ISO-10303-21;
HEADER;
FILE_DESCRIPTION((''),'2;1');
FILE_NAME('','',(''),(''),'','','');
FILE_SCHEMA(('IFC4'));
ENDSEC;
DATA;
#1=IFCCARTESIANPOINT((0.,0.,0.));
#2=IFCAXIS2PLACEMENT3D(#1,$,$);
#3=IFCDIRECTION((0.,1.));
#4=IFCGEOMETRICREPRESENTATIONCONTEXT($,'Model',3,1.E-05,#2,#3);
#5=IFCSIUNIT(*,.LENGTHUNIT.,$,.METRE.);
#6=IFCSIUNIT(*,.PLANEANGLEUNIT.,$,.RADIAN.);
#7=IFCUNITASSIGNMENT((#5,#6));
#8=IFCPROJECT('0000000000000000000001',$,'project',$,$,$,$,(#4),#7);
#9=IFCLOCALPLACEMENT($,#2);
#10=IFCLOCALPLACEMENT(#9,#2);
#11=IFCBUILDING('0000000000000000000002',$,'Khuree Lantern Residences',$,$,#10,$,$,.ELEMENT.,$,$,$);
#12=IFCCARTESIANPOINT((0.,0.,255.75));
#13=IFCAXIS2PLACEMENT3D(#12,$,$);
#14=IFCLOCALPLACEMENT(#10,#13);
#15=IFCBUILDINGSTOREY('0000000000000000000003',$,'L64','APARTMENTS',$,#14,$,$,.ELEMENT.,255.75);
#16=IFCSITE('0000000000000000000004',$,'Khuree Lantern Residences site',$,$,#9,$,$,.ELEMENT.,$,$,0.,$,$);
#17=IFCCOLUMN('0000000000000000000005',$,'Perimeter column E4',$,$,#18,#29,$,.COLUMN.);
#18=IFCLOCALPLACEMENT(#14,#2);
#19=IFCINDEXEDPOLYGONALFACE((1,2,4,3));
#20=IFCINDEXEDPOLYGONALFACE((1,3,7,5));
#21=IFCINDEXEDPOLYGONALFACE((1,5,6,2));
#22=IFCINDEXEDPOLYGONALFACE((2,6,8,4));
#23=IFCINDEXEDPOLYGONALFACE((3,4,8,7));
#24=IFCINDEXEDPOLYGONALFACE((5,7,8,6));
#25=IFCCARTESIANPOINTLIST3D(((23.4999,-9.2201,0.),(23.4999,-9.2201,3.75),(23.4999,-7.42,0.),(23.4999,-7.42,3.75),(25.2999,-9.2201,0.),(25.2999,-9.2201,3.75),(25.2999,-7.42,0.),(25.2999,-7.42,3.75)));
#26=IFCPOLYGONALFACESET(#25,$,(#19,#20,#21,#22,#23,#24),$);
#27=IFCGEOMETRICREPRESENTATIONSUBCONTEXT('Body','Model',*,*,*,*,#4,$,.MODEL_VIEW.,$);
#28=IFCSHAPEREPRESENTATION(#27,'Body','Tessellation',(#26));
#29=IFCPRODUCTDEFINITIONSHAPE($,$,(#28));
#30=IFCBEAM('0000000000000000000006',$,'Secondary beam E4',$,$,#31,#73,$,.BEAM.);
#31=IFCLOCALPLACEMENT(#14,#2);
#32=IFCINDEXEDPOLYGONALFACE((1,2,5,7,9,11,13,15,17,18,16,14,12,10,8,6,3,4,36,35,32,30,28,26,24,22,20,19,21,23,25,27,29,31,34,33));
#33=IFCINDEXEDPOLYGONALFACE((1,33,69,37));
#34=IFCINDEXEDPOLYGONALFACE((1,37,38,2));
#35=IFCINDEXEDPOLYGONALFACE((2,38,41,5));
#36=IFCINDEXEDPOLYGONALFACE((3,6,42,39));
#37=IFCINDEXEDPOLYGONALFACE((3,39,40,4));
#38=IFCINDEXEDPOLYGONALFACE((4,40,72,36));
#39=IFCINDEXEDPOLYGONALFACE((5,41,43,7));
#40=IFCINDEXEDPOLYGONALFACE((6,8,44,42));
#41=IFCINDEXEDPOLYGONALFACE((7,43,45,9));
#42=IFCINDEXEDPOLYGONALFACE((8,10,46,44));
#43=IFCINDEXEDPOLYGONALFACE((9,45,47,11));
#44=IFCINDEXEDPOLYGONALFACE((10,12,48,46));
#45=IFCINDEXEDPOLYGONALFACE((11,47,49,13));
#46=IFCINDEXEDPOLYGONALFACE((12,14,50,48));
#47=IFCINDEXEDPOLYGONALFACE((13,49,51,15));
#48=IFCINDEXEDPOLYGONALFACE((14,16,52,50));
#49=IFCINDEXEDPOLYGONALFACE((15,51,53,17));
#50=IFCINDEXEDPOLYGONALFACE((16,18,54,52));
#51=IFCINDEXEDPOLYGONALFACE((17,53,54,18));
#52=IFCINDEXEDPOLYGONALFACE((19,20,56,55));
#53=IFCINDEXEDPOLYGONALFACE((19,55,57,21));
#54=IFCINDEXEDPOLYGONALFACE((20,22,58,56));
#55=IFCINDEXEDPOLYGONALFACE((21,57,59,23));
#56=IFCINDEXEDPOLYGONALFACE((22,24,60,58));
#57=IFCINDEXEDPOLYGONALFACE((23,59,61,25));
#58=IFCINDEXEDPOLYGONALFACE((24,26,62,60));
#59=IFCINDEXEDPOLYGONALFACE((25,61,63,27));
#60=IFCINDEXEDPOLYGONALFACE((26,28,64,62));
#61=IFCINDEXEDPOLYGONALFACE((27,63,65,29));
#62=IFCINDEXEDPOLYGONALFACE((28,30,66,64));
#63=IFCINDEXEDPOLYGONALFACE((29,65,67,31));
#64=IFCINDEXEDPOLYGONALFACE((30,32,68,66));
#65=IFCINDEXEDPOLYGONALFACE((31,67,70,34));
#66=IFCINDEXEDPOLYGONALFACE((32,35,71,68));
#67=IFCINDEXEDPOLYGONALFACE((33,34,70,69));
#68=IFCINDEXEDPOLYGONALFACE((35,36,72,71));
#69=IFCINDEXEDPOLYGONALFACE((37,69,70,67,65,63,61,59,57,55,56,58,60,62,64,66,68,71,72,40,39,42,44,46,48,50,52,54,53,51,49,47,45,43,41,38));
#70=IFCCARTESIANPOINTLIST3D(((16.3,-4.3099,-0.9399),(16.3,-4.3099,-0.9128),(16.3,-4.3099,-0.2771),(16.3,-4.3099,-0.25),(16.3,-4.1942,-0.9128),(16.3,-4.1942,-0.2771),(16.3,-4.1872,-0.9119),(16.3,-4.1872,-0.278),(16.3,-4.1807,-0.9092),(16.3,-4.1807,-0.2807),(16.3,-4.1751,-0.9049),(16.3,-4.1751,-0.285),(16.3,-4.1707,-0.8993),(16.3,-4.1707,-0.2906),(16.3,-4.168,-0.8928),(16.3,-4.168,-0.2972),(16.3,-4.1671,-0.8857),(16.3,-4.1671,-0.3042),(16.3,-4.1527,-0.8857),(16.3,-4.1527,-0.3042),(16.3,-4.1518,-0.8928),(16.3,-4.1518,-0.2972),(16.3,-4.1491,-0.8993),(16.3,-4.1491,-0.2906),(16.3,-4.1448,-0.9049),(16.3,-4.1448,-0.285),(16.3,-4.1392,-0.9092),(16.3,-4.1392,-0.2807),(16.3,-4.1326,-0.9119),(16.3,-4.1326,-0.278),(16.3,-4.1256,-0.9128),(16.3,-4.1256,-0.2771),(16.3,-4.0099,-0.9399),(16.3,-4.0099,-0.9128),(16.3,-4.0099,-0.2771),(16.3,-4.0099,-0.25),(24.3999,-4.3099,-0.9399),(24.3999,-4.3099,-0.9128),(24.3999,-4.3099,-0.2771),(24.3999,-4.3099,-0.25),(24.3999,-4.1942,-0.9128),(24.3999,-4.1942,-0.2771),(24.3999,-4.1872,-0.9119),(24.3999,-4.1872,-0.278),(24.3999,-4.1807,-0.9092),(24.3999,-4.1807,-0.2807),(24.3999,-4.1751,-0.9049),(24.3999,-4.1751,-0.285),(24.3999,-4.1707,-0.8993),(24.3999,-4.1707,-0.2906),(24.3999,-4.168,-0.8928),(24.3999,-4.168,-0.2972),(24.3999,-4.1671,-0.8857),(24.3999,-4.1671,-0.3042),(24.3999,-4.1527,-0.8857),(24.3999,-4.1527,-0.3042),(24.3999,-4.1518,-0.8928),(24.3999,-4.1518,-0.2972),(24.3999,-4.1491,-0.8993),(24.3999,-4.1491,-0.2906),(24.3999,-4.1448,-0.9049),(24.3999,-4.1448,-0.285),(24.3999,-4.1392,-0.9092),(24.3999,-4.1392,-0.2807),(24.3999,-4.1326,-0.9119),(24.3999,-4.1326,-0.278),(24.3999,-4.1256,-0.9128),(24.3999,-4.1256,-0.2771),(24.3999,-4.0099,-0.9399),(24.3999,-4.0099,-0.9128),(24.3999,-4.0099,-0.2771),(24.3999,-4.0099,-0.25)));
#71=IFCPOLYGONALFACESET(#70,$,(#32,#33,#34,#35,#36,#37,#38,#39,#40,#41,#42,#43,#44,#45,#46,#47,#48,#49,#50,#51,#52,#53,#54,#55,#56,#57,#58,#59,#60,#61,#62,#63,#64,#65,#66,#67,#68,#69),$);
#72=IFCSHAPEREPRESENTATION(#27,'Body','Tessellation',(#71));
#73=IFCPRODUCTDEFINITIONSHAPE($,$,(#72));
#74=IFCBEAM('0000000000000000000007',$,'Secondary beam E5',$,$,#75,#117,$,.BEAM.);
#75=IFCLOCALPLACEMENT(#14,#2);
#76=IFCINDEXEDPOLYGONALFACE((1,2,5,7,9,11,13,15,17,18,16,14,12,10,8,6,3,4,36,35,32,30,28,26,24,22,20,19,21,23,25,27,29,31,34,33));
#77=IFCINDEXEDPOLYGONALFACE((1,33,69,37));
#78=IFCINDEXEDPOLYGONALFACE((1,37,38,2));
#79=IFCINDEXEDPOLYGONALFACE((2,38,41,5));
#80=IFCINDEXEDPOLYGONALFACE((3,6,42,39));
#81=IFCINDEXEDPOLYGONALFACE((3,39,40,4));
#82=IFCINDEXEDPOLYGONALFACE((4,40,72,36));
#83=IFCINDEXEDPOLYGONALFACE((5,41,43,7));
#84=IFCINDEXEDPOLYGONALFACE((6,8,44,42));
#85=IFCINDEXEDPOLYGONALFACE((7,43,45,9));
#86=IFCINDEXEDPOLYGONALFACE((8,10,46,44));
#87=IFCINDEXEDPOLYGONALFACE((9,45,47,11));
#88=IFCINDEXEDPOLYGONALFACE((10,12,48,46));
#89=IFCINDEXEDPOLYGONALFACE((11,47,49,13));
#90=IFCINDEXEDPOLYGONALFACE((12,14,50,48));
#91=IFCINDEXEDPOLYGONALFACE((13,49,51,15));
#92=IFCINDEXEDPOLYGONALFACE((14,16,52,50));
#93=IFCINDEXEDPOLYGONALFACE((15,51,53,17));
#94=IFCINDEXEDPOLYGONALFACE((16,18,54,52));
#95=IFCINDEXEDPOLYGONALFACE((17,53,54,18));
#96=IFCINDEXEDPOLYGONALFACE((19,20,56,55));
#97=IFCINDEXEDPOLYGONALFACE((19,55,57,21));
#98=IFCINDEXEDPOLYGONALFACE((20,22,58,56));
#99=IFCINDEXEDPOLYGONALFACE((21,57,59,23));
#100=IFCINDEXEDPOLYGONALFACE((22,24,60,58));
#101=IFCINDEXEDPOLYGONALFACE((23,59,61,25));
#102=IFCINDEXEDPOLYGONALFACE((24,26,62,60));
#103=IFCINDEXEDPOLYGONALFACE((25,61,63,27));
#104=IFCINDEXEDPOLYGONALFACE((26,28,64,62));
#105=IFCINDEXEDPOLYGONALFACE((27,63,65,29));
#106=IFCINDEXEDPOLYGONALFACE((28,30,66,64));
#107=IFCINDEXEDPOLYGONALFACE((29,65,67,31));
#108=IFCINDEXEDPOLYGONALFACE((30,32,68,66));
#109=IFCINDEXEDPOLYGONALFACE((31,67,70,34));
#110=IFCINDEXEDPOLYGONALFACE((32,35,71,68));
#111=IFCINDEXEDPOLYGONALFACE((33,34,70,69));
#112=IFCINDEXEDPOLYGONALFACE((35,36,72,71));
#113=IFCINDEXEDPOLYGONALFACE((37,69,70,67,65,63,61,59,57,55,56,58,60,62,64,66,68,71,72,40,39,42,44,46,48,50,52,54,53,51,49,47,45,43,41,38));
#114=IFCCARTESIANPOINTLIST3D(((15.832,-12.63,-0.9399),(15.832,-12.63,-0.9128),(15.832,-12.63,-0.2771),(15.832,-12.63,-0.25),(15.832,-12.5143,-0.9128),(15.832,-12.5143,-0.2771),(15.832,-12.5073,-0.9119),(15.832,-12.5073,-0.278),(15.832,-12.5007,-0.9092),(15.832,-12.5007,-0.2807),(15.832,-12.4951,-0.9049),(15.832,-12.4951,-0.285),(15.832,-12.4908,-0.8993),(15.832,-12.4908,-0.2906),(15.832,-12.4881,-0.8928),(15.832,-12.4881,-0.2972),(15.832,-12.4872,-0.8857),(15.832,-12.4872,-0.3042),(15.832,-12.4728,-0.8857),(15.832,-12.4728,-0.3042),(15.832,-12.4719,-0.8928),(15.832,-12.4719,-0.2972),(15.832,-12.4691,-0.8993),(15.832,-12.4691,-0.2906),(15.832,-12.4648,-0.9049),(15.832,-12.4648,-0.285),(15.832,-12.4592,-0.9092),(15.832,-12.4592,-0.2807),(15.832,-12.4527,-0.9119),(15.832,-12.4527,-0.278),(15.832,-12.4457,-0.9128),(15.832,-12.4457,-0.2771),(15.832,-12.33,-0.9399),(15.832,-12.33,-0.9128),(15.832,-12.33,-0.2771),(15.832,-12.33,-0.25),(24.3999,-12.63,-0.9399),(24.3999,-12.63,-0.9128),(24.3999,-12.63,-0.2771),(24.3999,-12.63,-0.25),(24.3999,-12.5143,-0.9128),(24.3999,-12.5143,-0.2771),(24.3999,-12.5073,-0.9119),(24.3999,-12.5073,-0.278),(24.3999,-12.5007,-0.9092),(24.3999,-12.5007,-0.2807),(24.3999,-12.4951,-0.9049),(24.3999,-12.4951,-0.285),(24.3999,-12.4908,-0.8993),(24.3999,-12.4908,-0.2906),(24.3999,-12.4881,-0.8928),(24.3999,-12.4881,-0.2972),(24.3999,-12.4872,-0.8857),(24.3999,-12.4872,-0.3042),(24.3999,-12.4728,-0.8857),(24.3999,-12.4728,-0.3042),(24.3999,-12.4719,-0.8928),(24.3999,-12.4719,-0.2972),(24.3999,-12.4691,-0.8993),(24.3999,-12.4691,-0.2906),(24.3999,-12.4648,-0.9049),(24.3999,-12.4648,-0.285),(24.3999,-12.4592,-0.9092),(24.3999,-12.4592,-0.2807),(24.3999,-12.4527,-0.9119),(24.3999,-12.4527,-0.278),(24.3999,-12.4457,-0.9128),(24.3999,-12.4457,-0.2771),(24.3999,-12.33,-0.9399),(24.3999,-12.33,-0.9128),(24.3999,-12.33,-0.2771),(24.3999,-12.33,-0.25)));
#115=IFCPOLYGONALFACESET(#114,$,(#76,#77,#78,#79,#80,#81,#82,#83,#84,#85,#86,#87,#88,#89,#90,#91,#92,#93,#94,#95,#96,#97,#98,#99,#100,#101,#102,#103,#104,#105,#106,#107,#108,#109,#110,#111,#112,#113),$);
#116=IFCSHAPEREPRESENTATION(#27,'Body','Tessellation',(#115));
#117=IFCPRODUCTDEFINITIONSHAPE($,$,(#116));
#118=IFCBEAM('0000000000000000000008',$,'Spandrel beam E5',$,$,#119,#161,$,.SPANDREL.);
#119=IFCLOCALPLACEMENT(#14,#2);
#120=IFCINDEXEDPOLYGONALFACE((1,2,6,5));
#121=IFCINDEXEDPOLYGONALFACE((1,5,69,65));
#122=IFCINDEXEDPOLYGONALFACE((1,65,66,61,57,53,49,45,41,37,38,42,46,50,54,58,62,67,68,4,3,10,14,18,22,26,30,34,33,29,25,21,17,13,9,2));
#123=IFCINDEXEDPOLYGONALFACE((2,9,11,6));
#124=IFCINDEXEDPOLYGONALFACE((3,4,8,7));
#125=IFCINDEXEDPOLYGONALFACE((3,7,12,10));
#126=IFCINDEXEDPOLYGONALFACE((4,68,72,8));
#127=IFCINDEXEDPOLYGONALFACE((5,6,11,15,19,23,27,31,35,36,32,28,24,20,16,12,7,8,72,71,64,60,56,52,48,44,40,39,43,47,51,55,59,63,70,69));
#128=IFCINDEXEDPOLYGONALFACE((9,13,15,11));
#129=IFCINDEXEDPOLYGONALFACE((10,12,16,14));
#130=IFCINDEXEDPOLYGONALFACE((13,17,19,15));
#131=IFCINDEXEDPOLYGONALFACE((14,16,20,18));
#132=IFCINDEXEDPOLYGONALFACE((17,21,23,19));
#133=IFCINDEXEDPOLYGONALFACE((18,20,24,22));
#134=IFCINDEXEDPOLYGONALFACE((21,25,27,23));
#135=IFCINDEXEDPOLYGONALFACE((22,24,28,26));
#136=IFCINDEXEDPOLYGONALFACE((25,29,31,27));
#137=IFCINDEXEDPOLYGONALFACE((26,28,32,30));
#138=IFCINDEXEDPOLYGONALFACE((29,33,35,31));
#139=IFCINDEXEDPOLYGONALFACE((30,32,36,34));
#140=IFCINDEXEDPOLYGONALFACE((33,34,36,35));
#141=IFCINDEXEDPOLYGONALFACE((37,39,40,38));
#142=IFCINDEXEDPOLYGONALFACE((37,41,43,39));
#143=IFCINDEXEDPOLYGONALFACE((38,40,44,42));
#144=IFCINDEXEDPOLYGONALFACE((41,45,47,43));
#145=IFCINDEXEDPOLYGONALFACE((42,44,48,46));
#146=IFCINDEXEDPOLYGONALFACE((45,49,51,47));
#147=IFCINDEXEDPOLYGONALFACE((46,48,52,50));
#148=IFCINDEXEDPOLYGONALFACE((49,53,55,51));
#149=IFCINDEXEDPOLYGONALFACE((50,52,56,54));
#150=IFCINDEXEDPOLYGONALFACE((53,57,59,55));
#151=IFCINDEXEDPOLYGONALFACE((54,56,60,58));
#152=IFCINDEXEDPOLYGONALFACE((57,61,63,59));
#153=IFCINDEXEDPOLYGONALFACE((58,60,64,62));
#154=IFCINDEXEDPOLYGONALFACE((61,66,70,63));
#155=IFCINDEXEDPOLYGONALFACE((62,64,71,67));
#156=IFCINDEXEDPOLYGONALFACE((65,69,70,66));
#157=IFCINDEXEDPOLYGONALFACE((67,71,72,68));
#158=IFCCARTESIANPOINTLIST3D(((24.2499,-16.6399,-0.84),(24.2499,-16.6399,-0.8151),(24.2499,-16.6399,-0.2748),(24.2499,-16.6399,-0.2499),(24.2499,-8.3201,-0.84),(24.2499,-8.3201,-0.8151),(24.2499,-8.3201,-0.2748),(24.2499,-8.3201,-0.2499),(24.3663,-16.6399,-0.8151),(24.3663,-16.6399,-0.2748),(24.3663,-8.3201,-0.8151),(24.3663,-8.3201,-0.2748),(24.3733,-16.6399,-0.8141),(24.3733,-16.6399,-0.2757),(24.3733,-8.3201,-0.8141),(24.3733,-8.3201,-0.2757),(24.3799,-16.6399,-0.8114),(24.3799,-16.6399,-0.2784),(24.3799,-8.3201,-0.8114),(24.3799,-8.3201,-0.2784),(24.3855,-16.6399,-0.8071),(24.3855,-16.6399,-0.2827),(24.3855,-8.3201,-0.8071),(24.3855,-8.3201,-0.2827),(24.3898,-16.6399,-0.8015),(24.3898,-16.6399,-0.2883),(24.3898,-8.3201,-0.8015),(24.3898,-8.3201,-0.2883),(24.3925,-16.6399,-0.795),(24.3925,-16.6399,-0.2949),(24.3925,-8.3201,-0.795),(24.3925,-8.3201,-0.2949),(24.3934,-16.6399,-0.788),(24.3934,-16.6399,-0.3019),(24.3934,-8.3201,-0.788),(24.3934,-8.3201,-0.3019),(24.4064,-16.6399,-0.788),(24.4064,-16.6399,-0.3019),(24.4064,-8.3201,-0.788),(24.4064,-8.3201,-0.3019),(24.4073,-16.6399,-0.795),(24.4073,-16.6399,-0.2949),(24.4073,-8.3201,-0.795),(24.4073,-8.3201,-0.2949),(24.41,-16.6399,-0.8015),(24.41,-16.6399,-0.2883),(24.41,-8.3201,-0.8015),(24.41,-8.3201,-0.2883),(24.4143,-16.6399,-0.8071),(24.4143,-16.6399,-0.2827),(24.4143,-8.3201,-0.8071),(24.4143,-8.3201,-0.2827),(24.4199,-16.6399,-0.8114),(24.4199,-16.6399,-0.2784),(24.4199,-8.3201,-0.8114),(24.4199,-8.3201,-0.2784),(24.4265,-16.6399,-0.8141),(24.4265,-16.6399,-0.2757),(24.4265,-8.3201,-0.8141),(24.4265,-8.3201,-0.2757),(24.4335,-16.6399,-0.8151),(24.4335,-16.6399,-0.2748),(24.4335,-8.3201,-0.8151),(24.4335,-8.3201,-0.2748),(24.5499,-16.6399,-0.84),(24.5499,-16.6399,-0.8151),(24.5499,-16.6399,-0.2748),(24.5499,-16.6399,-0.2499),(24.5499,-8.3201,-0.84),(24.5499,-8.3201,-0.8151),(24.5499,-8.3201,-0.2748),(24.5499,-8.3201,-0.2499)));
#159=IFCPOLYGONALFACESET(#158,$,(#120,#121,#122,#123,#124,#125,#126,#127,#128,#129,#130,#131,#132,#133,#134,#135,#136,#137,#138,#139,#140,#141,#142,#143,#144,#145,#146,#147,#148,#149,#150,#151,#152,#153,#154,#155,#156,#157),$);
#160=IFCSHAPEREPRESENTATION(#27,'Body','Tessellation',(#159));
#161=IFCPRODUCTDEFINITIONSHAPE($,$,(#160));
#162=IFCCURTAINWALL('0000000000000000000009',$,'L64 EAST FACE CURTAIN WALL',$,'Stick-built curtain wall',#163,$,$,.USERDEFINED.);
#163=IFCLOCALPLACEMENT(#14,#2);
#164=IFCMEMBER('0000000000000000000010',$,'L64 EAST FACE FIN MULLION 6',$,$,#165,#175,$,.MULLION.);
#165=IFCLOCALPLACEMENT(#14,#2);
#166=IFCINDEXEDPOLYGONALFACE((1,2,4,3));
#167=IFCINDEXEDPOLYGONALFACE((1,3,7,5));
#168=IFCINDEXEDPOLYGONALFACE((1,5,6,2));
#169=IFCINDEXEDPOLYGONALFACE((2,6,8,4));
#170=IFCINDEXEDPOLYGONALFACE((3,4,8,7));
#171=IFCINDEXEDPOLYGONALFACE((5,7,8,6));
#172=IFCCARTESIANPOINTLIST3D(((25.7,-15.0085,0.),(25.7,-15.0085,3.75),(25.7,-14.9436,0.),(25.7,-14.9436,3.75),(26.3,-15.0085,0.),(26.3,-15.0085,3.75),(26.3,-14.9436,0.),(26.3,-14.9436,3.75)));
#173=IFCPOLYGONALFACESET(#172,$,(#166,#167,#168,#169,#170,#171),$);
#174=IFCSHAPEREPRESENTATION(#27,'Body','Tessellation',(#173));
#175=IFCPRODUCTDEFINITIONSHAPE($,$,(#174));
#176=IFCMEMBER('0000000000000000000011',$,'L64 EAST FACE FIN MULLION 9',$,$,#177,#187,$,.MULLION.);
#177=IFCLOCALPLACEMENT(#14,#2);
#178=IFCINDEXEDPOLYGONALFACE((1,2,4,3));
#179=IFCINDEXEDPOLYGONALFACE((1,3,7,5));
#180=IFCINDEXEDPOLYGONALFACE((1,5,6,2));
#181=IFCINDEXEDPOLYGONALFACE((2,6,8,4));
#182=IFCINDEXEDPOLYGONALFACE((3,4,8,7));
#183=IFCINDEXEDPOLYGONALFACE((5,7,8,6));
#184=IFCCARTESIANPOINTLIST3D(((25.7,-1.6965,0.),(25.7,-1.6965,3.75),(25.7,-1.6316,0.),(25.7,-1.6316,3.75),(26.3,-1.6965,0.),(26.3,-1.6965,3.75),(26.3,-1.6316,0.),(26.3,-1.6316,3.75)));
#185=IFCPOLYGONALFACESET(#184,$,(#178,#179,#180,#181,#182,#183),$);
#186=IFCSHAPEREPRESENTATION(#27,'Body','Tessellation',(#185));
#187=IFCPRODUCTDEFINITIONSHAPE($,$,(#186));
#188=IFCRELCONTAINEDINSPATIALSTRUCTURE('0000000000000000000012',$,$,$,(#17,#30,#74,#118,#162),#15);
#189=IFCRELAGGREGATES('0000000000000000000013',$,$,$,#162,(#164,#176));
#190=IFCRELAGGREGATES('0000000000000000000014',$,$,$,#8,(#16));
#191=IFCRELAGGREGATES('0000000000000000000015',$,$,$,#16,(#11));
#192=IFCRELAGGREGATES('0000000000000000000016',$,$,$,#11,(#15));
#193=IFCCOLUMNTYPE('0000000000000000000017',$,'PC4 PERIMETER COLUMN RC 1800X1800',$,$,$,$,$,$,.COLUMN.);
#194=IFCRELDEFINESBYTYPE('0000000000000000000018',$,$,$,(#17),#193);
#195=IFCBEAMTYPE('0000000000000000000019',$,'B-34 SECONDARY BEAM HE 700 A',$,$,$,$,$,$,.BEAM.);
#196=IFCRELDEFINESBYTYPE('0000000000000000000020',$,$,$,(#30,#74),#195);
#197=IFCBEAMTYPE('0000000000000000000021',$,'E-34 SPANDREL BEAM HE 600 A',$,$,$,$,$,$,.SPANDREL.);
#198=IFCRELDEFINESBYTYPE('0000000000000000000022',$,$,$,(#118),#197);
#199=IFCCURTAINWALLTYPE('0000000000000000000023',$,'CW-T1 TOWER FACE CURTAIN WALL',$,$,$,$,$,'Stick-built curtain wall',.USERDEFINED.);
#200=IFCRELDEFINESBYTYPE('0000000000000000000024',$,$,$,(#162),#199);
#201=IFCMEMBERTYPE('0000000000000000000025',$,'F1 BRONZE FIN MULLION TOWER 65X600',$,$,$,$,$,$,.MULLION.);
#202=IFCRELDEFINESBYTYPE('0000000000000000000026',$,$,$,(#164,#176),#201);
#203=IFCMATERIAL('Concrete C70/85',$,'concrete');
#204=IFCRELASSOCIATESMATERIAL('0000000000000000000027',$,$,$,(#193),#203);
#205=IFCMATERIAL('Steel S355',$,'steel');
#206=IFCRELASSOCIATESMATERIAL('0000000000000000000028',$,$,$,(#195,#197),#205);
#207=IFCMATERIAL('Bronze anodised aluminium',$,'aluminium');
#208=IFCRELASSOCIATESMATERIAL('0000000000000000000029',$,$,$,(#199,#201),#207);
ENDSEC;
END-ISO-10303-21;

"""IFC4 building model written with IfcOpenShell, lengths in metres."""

from ifc_helpers import new_model, si_unit, direction, frame, origin, origin_2d, place, context, subcontext, project, spatial, rectangle, i_section, extrude, material, material_profile, profile_set, type_object, element, aggregate, save


model = new_model("IFC4")

# Units and contexts
model_context = context("Model", 3, precision=1e-05, world=origin(), true_north=direction((0.0, 1.0)))
body_context = subcontext(model_context, "Body", "Model", "MODEL_VIEW")
ifc_project = project(units=[si_unit("LENGTHUNIT", "METRE"), si_unit("PLANEANGLEUNIT", "RADIAN")], contexts=[model_context])

# Site, building, storey
site_placement = place(None, origin())
site = spatial("IfcSite", under=ifc_project, at=site_placement, Name="Khuree Lantern Residences site", CompositionType="ELEMENT", RefElevation=0.0)
building_placement = place(site_placement, origin())
building = spatial("IfcBuilding", under=site, at=building_placement, Name="Khuree Lantern Residences", CompositionType="ELEMENT")
storey_placement = place(building_placement, frame((0.0, 0.0, 255.75)))
storey = spatial("IfcBuildingStorey", under=building, at=storey_placement, Name="L64", Description="APARTMENTS", CompositionType="ELEMENT", Elevation=255.75)

# Column
ifc_material_1 = material(Name="Concrete C70/85", Category="concrete")
ifc_material_profile_1 = material_profile(ifc_material_1, rectangle(XDim=1.8, YDim=1.8, at=origin_2d()), Name="RC 1800X1800")
ifc_profile_set_1 = profile_set([ifc_material_profile_1], Name="Concrete C70/85")
column_type = type_object("IfcColumnType", Name="PC4 PERIMETER COLUMN RC 1800X1800", PredefinedType="COLUMN", material=ifc_profile_set_1)
column_placement = place(storey_placement, frame((24.3999, -8.3201, 0.0), z_axis=(0.0, 0.0, 1.0), x_axis=(0.0, 1.0, 0.0)))
element("IfcColumn", 1, at=column_placement, inside=storey, type_object=column_type, Name="Perimeter column E4", PredefinedType="COLUMN", context=body_context, shape_type="SweptSolid", body=[
    extrude(rectangle(XDim=1.8, YDim=1.8, at=origin_2d()), origin(), (0.0, 0.0, 1.0), 3.75),
])

# Beams
ifc_material_2 = material(Name="Steel S355", Category="steel")
ifc_material_profile_2 = material_profile(ifc_material_2, i_section(OverallWidth=0.3, OverallDepth=0.6899, WebThickness=0.0144, FlangeThickness=0.0271, FilletRadius=0.0271, at=origin_2d()), Name="HE 700 A")
ifc_profile_set_2 = profile_set([ifc_material_profile_2], Name="Steel S355")
beam_type_1 = type_object("IfcBeamType", Name="B-34 SECONDARY BEAM HE 700 A", PredefinedType="BEAM", material=ifc_profile_set_2)
beam_1_placement = place(storey_placement, frame((24.3999, -4.1599, -0.595), z_axis=(-1.0, 0.0, 0.0), x_axis=(0.0, -1.0, 0.0)))
element("IfcBeam", 2, at=beam_1_placement, inside=storey, type_object=beam_type_1, Name="Secondary beam E4", PredefinedType="BEAM", context=body_context, shape_type="SweptSolid", body=[
    extrude(i_section(OverallWidth=0.3, OverallDepth=0.6899, WebThickness=0.0144, FlangeThickness=0.0271, FilletRadius=0.0271, at=origin_2d()), origin(), (0.0, 0.0, 1.0), 8.0999),
])
beam_2_placement = place(storey_placement, frame((24.3999, -12.48, -0.595), z_axis=(-1.0, 0.0, 0.0), x_axis=(0.0, -1.0, 0.0)))
element("IfcBeam", 3, at=beam_2_placement, inside=storey, type_object=beam_type_1, Name="Secondary beam E5", PredefinedType="BEAM", context=body_context, shape_type="SweptSolid", body=[
    extrude(i_section(OverallWidth=0.3, OverallDepth=0.6899, WebThickness=0.0144, FlangeThickness=0.0271, FilletRadius=0.0271, at=origin_2d()), origin(), (0.0, 0.0, 1.0), 8.5679),
])
ifc_material_profile_3 = material_profile(ifc_material_2, i_section(OverallWidth=0.3, OverallDepth=0.5901, WebThickness=0.0129, FlangeThickness=0.0249, FilletRadius=0.0271, at=origin_2d()), Name="HE 600 A")
ifc_profile_set_3 = profile_set([ifc_material_profile_3], Name="Steel S355")
beam_type_2 = type_object("IfcBeamType", Name="E-34 SPANDREL BEAM HE 600 A", PredefinedType="SPANDREL", material=ifc_profile_set_3)
beam_3_placement = place(storey_placement, frame((24.3999, -8.3201, -0.5449), z_axis=(0.0, -1.0, 0.0), x_axis=(1.0, 0.0, 0.0)))
element("IfcBeam", 4, at=beam_3_placement, inside=storey, type_object=beam_type_2, Name="Spandrel beam E5", PredefinedType="SPANDREL", context=body_context, shape_type="SweptSolid", body=[
    extrude(i_section(OverallWidth=0.3, OverallDepth=0.5901, WebThickness=0.0129, FlangeThickness=0.0249, FilletRadius=0.0271, at=origin_2d()), origin(), (0.0, 0.0, 1.0), 8.3198),
])

# Curtain wall, members
ifc_material_3 = material(Name="Bronze anodised aluminium", Category="aluminium")
curtain_wall_type = type_object("IfcCurtainWallType", Name="CW-T1 TOWER FACE CURTAIN WALL", ElementType="Stick-built curtain wall", PredefinedType="USERDEFINED", material=ifc_material_3)
curtain_wall_placement = place(storey_placement, origin())
curtain_wall = element("IfcCurtainWall", 5, at=curtain_wall_placement, inside=storey, type_object=curtain_wall_type, Name="L64 EAST FACE CURTAIN WALL", ObjectType="Stick-built curtain wall", PredefinedType="USERDEFINED")
ifc_material_profile_4 = material_profile(ifc_material_3, rectangle(XDim=0.0649, YDim=0.6001, at=origin_2d()), Name="F1 65X600")
ifc_profile_set_4 = profile_set([ifc_material_profile_4], Name="Bronze anodised aluminium")
member_type_1 = type_object("IfcMemberType", Name="F1 BRONZE FIN MULLION TOWER 65X600", PredefinedType="MULLION", material=ifc_profile_set_4)
member_1_placement = place(storey_placement, frame((26.0, -14.9761, 0.0), z_axis=(0.0, 0.0, 1.0), x_axis=(0.0, 1.0, 0.0)))
member_1 = element("IfcMember", 6, at=member_1_placement, type_object=member_type_1, Name="L64 EAST FACE FIN MULLION 6", PredefinedType="MULLION", context=body_context, shape_type="SweptSolid", body=[
    extrude(rectangle(XDim=0.0649, YDim=0.6001, at=origin_2d()), origin(), (0.0, 0.0, 1.0), 3.75),
])
member_2_placement = place(storey_placement, frame((26.0, -1.6641, 0.0), z_axis=(0.0, 0.0, 1.0), x_axis=(0.0, 1.0, 0.0)))
member_2 = element("IfcMember", 7, at=member_2_placement, type_object=member_type_1, Name="L64 EAST FACE FIN MULLION 9", PredefinedType="MULLION", context=body_context, shape_type="SweptSolid", body=[
    extrude(rectangle(XDim=0.0649, YDim=0.6001, at=origin_2d()), origin(), (0.0, 0.0, 1.0), 3.75),
])

aggregate(curtain_wall, [member_1, member_2])

save(model, "model.ifc")
